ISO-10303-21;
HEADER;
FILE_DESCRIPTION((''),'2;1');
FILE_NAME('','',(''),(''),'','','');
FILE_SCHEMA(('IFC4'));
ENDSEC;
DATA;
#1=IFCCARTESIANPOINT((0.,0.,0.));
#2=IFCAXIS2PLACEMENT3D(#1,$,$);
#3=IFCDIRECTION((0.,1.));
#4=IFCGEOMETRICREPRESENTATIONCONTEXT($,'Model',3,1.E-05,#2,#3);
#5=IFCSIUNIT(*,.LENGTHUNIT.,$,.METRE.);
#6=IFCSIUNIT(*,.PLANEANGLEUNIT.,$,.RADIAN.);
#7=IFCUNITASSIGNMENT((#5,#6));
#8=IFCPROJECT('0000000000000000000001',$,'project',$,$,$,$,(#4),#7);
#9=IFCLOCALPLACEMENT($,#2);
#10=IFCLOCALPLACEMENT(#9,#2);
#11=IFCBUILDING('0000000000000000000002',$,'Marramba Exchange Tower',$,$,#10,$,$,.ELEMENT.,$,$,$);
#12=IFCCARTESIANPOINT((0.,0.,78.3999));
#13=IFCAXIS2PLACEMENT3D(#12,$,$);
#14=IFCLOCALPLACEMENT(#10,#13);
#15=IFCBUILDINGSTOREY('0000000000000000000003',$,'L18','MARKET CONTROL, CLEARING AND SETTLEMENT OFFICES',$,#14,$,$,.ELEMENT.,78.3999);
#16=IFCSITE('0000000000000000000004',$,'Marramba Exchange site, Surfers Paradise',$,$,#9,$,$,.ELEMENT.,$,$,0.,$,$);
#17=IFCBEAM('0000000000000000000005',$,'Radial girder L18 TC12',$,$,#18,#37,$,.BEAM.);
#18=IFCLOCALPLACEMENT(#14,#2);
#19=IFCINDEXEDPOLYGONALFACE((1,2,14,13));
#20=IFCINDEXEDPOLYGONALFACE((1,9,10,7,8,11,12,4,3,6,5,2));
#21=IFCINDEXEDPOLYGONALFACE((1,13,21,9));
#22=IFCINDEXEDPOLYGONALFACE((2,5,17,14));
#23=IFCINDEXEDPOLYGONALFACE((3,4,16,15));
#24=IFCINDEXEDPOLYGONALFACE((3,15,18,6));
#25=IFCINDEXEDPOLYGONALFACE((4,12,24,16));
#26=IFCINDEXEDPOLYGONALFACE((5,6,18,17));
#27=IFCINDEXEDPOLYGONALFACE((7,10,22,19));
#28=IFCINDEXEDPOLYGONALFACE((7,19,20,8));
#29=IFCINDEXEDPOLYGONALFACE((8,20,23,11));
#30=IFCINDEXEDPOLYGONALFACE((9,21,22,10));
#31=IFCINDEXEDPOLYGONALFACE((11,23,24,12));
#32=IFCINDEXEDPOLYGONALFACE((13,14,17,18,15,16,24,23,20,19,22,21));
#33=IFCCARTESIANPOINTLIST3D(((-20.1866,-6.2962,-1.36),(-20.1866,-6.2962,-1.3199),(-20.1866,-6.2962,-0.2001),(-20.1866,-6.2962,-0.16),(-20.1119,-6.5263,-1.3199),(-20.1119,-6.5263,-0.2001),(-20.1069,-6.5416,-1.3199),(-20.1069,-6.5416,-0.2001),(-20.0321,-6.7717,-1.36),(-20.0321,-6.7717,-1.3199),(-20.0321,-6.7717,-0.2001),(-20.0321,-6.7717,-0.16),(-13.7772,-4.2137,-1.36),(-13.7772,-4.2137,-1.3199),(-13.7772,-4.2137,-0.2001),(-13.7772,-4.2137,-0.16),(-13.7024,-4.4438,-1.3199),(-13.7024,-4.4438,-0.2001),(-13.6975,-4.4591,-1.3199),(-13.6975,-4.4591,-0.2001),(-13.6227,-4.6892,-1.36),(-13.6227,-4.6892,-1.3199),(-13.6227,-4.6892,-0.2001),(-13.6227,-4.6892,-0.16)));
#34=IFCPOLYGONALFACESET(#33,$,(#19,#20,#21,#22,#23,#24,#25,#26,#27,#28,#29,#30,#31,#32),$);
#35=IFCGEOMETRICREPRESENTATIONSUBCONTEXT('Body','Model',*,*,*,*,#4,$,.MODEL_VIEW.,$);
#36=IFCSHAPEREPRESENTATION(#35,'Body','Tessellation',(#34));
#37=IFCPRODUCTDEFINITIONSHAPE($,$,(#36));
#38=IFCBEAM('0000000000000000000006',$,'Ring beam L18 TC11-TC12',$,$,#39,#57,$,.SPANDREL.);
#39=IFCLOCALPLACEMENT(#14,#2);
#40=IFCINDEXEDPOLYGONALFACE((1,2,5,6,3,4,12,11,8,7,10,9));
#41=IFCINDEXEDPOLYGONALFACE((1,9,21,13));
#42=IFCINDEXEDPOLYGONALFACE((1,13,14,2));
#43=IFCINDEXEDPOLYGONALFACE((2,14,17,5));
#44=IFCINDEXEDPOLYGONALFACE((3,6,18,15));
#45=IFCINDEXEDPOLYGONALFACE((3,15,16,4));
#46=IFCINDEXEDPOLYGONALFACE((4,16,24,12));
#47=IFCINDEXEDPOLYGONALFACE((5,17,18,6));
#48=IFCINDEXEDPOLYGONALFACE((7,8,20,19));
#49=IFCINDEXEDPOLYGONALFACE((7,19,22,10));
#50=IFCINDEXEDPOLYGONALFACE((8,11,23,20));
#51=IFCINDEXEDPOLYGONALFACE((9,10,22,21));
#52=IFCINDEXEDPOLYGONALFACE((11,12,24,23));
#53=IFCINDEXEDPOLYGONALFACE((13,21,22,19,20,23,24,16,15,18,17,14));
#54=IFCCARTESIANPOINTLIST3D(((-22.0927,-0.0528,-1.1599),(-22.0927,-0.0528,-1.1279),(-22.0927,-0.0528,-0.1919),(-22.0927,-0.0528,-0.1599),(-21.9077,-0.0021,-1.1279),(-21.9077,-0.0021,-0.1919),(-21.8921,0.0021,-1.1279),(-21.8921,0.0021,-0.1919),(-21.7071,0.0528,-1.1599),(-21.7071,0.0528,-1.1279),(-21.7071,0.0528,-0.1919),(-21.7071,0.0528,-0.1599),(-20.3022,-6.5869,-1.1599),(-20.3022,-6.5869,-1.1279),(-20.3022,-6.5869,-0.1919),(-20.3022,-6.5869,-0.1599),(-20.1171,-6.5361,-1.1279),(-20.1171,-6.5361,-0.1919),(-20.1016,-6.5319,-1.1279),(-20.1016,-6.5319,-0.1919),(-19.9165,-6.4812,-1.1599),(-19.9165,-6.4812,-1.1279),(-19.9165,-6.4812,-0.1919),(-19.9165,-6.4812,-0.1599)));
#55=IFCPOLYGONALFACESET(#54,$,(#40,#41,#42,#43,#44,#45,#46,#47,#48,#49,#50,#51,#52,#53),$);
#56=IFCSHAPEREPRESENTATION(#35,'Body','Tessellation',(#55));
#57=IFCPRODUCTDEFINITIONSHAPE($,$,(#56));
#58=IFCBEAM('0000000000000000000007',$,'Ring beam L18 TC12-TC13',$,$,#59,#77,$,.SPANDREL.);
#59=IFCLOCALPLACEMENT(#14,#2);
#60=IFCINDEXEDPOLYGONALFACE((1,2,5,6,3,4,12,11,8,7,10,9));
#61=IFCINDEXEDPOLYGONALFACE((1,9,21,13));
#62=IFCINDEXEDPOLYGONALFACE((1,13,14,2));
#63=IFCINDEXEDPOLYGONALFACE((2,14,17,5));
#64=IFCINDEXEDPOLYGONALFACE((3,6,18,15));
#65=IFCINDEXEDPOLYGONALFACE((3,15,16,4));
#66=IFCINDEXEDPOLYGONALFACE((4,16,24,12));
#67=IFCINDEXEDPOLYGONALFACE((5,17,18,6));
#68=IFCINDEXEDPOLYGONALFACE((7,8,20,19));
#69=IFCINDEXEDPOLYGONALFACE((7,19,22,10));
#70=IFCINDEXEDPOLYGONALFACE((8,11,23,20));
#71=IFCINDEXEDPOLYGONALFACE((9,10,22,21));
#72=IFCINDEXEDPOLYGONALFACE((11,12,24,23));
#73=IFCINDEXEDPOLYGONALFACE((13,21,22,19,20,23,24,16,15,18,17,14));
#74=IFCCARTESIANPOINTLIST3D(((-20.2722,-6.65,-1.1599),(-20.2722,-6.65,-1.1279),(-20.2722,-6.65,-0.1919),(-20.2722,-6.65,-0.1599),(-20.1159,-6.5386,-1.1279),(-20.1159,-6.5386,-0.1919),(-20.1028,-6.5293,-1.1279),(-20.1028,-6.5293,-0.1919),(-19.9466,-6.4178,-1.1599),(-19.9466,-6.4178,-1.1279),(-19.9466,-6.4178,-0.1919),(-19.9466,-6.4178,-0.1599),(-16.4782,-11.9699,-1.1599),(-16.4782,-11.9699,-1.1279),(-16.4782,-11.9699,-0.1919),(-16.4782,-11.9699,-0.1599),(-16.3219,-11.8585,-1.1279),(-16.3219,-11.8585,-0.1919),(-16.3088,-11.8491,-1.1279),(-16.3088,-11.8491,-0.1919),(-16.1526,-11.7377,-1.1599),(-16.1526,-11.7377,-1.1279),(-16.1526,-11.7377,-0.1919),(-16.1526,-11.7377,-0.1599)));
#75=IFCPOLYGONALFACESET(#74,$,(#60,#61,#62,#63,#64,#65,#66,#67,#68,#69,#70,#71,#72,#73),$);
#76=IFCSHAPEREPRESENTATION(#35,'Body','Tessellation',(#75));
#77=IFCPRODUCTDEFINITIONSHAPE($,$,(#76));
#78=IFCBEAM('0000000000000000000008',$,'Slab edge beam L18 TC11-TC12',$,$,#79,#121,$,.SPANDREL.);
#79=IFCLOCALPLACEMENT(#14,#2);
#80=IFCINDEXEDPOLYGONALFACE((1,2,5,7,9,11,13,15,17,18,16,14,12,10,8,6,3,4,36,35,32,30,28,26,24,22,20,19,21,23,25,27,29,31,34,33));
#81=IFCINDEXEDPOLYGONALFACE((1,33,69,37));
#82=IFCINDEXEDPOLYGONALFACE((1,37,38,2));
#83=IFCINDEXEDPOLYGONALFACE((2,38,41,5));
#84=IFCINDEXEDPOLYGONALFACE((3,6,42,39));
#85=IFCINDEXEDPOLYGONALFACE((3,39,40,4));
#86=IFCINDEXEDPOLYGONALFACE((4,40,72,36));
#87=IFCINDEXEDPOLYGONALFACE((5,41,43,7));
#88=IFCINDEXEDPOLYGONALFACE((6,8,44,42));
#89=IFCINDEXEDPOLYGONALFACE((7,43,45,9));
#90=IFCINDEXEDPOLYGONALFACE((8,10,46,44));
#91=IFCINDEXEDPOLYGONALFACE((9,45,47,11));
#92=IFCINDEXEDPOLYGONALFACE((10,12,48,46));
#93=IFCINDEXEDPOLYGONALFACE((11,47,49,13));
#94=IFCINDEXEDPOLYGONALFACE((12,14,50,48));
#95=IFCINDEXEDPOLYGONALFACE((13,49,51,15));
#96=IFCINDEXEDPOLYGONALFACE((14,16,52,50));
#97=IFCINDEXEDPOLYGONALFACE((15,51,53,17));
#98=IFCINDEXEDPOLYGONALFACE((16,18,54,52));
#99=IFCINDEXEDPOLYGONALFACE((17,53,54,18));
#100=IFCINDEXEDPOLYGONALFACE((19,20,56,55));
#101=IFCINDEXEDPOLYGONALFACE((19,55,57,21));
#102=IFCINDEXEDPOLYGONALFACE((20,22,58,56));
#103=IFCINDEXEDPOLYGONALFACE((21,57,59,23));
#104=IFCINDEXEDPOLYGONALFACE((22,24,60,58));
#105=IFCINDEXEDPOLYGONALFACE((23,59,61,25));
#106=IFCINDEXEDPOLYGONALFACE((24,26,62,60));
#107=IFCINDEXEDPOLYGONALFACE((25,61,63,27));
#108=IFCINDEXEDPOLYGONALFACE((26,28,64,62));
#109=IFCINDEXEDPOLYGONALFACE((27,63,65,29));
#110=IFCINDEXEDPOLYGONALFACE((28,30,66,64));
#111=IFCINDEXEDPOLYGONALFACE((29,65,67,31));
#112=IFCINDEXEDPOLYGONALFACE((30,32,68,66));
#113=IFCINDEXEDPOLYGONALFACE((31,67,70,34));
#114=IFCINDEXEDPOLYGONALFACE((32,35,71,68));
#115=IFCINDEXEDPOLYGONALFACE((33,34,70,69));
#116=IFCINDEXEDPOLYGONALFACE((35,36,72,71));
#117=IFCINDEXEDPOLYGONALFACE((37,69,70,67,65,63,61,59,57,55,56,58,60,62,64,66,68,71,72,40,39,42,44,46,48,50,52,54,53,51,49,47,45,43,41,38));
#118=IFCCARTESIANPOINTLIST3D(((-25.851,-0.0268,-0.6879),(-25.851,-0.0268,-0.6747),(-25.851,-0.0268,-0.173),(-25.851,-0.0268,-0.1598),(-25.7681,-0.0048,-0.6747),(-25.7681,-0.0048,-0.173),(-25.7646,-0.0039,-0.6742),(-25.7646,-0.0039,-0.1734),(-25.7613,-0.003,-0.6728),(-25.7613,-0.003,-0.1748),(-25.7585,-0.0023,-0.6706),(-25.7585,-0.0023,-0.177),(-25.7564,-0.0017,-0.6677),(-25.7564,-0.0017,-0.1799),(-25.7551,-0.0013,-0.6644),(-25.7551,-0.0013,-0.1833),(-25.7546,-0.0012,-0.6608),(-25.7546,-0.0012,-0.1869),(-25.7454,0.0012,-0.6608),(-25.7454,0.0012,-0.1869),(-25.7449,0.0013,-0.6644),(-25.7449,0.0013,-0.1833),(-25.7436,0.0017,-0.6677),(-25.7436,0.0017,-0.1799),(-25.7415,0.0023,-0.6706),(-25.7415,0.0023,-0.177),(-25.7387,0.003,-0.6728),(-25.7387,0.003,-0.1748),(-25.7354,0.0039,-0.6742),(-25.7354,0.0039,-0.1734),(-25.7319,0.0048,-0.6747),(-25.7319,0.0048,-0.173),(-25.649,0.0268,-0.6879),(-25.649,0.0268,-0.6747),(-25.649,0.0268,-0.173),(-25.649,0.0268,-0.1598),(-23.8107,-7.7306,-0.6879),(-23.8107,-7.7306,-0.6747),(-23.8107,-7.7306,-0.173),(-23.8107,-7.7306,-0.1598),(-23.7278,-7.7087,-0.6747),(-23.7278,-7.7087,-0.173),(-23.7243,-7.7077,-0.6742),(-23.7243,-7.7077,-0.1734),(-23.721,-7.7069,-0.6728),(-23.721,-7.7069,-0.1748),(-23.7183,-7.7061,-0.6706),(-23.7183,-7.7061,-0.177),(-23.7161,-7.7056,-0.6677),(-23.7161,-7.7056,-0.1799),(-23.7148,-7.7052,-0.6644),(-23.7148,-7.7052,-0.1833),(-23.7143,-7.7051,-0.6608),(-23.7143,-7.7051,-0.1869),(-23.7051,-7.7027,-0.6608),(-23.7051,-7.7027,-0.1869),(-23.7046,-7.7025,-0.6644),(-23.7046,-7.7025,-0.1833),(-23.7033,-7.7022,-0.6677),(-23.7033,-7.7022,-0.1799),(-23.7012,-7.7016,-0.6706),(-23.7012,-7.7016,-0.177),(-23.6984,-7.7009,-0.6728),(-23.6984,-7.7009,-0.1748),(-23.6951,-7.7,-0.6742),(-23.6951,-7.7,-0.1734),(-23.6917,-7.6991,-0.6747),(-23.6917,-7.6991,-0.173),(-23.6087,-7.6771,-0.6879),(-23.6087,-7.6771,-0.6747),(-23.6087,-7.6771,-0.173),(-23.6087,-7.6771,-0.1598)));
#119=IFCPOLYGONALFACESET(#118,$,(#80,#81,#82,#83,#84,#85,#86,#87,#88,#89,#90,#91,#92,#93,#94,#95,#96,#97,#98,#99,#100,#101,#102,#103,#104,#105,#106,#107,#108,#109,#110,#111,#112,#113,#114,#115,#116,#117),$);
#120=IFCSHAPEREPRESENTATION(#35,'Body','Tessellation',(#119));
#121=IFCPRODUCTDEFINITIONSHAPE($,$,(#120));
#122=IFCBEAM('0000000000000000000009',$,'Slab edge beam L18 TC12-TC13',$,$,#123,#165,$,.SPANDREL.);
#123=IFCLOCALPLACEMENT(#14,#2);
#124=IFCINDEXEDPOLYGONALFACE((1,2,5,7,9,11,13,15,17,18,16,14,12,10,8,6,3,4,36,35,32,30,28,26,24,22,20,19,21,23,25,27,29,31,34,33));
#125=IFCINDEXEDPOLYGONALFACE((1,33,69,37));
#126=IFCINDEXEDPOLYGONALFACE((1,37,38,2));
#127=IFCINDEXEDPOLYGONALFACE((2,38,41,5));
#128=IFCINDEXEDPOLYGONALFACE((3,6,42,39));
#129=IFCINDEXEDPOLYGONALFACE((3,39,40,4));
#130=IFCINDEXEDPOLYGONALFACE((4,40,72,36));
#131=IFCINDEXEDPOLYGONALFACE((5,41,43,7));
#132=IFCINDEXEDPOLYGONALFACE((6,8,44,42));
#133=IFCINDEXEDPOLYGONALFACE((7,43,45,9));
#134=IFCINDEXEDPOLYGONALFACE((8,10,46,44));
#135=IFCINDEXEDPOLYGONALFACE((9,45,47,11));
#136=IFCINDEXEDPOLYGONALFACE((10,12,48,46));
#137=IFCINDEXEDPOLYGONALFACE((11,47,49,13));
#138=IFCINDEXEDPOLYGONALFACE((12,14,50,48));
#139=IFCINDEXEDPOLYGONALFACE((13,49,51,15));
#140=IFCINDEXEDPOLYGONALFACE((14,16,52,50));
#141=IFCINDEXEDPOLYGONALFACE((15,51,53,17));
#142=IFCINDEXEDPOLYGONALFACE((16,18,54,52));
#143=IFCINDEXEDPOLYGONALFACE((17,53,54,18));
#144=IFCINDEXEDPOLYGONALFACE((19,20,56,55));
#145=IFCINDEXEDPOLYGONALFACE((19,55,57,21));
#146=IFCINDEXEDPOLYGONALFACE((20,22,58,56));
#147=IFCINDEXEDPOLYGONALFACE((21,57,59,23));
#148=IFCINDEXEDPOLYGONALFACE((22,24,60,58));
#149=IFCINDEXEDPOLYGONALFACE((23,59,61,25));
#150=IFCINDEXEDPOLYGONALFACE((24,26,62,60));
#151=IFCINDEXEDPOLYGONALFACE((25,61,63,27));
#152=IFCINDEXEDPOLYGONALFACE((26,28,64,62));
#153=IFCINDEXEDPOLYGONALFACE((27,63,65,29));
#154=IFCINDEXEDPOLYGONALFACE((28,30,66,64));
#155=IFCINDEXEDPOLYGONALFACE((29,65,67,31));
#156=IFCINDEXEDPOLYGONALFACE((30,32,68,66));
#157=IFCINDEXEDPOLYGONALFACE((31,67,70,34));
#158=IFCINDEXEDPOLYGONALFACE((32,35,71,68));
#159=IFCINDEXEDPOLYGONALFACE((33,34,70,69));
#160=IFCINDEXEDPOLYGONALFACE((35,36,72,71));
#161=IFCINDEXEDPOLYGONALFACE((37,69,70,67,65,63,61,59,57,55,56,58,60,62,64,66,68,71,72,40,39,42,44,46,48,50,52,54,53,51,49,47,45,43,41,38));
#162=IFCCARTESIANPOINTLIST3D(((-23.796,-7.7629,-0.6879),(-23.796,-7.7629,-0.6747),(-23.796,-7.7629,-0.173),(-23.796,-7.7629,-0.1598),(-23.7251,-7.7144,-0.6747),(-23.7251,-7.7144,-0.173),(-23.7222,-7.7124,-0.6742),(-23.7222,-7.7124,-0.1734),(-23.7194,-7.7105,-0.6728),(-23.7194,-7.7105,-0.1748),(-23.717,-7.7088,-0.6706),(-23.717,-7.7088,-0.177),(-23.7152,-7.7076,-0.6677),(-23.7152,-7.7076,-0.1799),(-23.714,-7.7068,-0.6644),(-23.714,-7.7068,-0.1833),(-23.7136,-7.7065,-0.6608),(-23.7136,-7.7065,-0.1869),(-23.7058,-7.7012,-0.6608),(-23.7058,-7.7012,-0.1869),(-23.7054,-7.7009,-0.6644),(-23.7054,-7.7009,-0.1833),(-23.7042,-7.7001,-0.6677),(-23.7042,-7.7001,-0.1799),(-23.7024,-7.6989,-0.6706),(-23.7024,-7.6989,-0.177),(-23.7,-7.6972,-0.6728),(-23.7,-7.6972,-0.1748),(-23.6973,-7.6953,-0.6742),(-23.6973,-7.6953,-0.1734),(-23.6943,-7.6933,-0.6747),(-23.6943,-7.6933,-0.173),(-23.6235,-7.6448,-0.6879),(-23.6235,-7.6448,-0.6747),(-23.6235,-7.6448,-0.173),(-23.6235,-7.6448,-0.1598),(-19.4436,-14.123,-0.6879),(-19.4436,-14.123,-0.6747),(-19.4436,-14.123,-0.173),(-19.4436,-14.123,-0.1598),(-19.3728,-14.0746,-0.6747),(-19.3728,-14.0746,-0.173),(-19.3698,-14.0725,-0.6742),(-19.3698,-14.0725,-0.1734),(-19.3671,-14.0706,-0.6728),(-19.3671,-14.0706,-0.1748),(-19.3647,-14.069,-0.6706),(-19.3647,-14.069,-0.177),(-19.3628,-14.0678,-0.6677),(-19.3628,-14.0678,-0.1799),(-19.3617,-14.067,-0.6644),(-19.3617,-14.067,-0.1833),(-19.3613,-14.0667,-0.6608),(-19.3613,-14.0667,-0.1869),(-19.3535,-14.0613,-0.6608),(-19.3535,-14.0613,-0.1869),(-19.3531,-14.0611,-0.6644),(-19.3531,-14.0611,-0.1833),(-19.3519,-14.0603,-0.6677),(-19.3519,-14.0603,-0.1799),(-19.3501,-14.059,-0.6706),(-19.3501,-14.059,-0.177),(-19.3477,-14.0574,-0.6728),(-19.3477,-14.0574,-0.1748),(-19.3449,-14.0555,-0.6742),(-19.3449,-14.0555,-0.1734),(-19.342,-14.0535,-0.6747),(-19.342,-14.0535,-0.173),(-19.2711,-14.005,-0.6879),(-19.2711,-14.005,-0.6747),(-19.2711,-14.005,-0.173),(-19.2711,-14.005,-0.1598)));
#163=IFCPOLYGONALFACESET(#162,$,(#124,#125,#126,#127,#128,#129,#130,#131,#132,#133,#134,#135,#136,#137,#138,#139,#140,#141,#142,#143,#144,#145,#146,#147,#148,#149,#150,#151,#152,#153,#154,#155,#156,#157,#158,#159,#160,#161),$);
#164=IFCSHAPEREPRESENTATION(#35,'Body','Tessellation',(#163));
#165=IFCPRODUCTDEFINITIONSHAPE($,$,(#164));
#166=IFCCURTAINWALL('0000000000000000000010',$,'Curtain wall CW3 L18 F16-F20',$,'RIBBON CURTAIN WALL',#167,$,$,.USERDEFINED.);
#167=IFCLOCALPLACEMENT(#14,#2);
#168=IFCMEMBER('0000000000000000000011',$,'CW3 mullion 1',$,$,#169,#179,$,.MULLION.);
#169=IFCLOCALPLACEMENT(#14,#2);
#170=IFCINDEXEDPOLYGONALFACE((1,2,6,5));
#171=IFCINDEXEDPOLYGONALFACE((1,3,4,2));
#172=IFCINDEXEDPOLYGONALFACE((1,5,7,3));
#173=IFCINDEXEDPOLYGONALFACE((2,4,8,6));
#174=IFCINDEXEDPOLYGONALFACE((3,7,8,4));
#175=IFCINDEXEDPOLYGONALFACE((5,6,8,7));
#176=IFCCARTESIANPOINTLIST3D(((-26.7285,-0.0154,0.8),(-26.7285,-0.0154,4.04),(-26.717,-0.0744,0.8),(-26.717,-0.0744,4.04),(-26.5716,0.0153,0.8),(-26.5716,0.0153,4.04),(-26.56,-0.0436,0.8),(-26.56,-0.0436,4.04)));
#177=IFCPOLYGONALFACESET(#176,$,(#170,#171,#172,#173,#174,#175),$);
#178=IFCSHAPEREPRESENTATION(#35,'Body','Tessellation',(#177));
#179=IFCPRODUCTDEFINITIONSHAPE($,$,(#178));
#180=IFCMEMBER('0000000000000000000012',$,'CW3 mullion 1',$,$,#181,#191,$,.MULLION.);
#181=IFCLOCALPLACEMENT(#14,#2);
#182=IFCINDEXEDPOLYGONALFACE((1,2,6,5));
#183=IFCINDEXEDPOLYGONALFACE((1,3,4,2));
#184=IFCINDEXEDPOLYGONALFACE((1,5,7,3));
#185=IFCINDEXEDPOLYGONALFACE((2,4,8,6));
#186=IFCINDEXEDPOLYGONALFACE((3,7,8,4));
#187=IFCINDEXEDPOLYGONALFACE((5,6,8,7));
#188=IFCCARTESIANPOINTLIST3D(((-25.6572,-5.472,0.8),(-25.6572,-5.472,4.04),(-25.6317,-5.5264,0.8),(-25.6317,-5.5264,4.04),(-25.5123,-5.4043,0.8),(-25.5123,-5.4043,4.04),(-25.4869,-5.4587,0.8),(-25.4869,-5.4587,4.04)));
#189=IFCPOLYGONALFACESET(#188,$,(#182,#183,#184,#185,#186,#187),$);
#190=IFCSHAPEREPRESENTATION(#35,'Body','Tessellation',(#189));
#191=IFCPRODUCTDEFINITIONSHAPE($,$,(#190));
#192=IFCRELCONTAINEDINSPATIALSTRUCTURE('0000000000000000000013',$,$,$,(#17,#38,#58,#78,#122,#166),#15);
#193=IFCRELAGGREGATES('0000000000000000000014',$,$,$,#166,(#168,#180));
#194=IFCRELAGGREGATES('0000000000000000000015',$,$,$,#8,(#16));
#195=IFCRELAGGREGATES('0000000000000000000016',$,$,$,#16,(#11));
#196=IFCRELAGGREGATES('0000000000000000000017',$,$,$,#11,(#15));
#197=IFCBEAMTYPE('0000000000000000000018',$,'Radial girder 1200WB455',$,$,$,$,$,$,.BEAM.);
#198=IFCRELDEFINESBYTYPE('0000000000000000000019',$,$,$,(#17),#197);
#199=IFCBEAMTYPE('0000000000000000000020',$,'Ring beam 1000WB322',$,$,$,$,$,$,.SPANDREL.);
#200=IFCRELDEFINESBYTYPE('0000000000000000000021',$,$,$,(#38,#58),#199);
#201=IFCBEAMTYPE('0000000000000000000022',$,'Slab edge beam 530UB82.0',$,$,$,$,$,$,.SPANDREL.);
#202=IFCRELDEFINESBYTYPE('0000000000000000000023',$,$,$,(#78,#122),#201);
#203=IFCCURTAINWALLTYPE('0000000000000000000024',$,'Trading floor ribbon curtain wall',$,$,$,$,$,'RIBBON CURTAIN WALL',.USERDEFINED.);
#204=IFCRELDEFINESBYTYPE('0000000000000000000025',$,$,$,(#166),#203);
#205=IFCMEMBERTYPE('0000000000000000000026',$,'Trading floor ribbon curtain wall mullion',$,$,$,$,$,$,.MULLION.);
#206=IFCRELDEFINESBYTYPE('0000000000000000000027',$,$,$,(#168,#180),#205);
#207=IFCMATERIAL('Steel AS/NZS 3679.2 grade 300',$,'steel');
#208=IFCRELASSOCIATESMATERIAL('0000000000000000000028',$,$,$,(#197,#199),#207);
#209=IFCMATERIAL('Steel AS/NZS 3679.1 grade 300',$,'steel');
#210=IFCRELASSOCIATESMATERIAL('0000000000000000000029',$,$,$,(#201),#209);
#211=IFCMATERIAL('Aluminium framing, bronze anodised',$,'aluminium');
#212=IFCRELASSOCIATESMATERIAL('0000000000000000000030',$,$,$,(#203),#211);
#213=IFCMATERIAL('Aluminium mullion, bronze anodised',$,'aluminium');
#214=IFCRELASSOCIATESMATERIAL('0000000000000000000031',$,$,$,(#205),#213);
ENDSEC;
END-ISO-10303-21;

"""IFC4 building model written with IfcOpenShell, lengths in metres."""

from ifc_helpers import new_model, si_unit, direction, frame, origin, origin_2d, place, context, subcontext, project, spatial, rectangle, i_section, extrude, material, material_profile, profile_set, type_object, element, aggregate, save


model = new_model("IFC4")

# Units and contexts
model_context = context("Model", 3, precision=1e-05, world=origin(), true_north=direction((0.0, 1.0)))
body_context = subcontext(model_context, "Body", "Model", "MODEL_VIEW")
ifc_project = project(units=[si_unit("LENGTHUNIT", "METRE"), si_unit("PLANEANGLEUNIT", "RADIAN")], contexts=[model_context])

# Site, building, storey
site_placement = place(None, origin())
site = spatial("IfcSite", under=ifc_project, at=site_placement, Name="Marramba Exchange site, Surfers Paradise", CompositionType="ELEMENT", RefElevation=0.0)
building_placement = place(site_placement, origin())
building = spatial("IfcBuilding", under=site, at=building_placement, Name="Marramba Exchange Tower", CompositionType="ELEMENT")
storey_placement = place(building_placement, frame((0.0, 0.0, 78.3999)))
storey = spatial("IfcBuildingStorey", under=building, at=storey_placement, Name="L18", Description="MARKET CONTROL, CLEARING AND SETTLEMENT OFFICES", CompositionType="ELEMENT", Elevation=78.3999)

# Beams
ifc_material_1 = material(Name="Steel AS/NZS 3679.2 grade 300", Category="steel")
ifc_material_2 = material(Name="Steel AS/NZS 3679.1 grade 300", Category="steel")
ifc_material_profile_1 = material_profile(ifc_material_1, i_section(OverallWidth=0.5, OverallDepth=1.2, WebThickness=0.0161, FlangeThickness=0.04, at=origin_2d()), Name="1200WB455")
ifc_profile_set_1 = profile_set([ifc_material_profile_1], Name="Steel AS/NZS 3679.2 grade 300")
beam_type_1 = type_object("IfcBeamType", Name="Radial girder 1200WB455", PredefinedType="BEAM", material=ifc_profile_set_1)
beam_1_placement = place(storey_placement, frame((-13.7, -4.4514, -0.76), z_axis=(-0.951058, -0.309013, 0.0), x_axis=(0.309013, -0.951058, 0.0)))
element("IfcBeam", 1, at=beam_1_placement, inside=storey, type_object=beam_type_1, Name="Radial girder L18 TC12", PredefinedType="BEAM", context=body_context, shape_type="SweptSolid", body=[
    extrude(i_section(OverallWidth=0.5, OverallDepth=1.2, WebThickness=0.0161, FlangeThickness=0.04, at=origin_2d()), origin(), (0.0, 0.0, 1.0), 6.7393),
])
ifc_material_profile_2 = material_profile(ifc_material_1, i_section(OverallWidth=0.3999, OverallDepth=1.0, WebThickness=0.0161, FlangeThickness=0.032, at=origin_2d()), Name="1000WB322")
ifc_profile_set_2 = profile_set([ifc_material_profile_2], Name="Steel AS/NZS 3679.2 grade 300")
beam_type_2 = type_object("IfcBeamType", Name="Ring beam 1000WB322", PredefinedType="SPANDREL", material=ifc_profile_set_2)
beam_2_placement = place(storey_placement, frame((-21.8999, 0.0, -0.6599), z_axis=(0.264291, -0.964443, 0.0), x_axis=(0.964443, 0.264291, 0.0)))
element("IfcBeam", 2, at=beam_2_placement, inside=storey, type_object=beam_type_2, Name="Ring beam L18 TC11-TC12", PredefinedType="SPANDREL", context=body_context, shape_type="SweptSolid", body=[
    extrude(i_section(OverallWidth=0.3999, OverallDepth=1.0, WebThickness=0.0161, FlangeThickness=0.032, at=origin_2d()), origin(), (0.0, 0.0, 1.0), 6.7749),
])
beam_3_placement = place(storey_placement, frame((-20.1094, -6.5339, -0.6599), z_axis=(0.580637, -0.814162, 0.0), x_axis=(0.814162, 0.580637, 0.0)))
element("IfcBeam", 3, at=beam_3_placement, inside=storey, type_object=beam_type_2, Name="Ring beam L18 TC12-TC13", PredefinedType="SPANDREL", context=body_context, shape_type="SweptSolid", body=[
    extrude(i_section(OverallWidth=0.3999, OverallDepth=1.0, WebThickness=0.0161, FlangeThickness=0.032, at=origin_2d()), origin(), (0.0, 0.0, 1.0), 6.5342),
])
ifc_material_profile_3 = material_profile(ifc_material_2, i_section(OverallWidth=0.209, OverallDepth=0.5281, WebThickness=0.0095, FlangeThickness=0.0132, FilletRadius=0.0139, at=origin_2d()), Name="530UB82.0")
ifc_profile_set_3 = profile_set([ifc_material_profile_3], Name="Steel AS/NZS 3679.1 grade 300")
beam_type_3 = type_object("IfcBeamType", Name="Slab edge beam 530UB82.0", PredefinedType="SPANDREL", material=ifc_profile_set_3)
beam_4_placement = place(storey_placement, frame((-25.75, 0.0, -0.4238), z_axis=(0.256013, -0.966673, 0.0), x_axis=(0.966673, 0.256013, 0.0)))
element("IfcBeam", 4, at=beam_4_placement, inside=storey, type_object=beam_type_3, Name="Slab edge beam L18 TC11-TC12", PredefinedType="SPANDREL", context=body_context, shape_type="SweptSolid", body=[
    extrude(i_section(OverallWidth=0.209, OverallDepth=0.5281, WebThickness=0.0095, FlangeThickness=0.0132, FilletRadius=0.0139, at=origin_2d()), origin(), (0.0, 0.0, 1.0), 7.9695),
])
beam_5_placement = place(storey_placement, frame((-23.7097, -7.7039, -0.4238), z_axis=(0.564741, -0.825268, 0.0), x_axis=(0.825268, 0.564741, 0.0)))
element("IfcBeam", 5, at=beam_5_placement, inside=storey, type_object=beam_type_3, Name="Slab edge beam L18 TC12-TC13", PredefinedType="SPANDREL", context=body_context, shape_type="SweptSolid", body=[
    extrude(i_section(OverallWidth=0.209, OverallDepth=0.5281, WebThickness=0.0095, FlangeThickness=0.0132, FilletRadius=0.0139, at=origin_2d()), origin(), (0.0, 0.0, 1.0), 7.7068),
])

# Curtain wall, members
ifc_material_3 = material(Name="Aluminium framing, bronze anodised", Category="aluminium")
curtain_wall_type = type_object("IfcCurtainWallType", Name="Trading floor ribbon curtain wall", ElementType="RIBBON CURTAIN WALL", PredefinedType="USERDEFINED", material=ifc_material_3)
curtain_wall_placement = place(storey_placement, origin())
curtain_wall = element("IfcCurtainWall", 6, at=curtain_wall_placement, inside=storey, type_object=curtain_wall_type, Name="Curtain wall CW3 L18 F16-F20", ObjectType="RIBBON CURTAIN WALL", PredefinedType="USERDEFINED")
ifc_material_4 = material(Name="Aluminium mullion, bronze anodised", Category="aluminium")
ifc_material_profile_4 = material_profile(ifc_material_4, rectangle(XDim=0.1599, YDim=0.0601, at=origin_2d()), Name="CW3 mullion 60x160")
ifc_profile_set_4 = profile_set([ifc_material_profile_4], Name="Aluminium mullion, bronze anodised")
member_type_1 = type_object("IfcMemberType", Name="Trading floor ribbon curtain wall mullion", PredefinedType="MULLION", material=ifc_profile_set_4)
member_1_placement = place(storey_placement, frame((-26.6443, -0.0295, 0.8), z_axis=(0.0, 0.0, 1.0), x_axis=(0.981346, 0.192249, 0.0)))
member_1 = element("IfcMember", 7, at=member_1_placement, type_object=member_type_1, Name="CW3 mullion 1", PredefinedType="MULLION", context=body_context, shape_type="SweptSolid", body=[
    extrude(rectangle(XDim=0.1599, YDim=0.0601, at=origin_2d()), origin(), (0.0, 0.0, 1.0), 3.24),
])
member_2_placement = place(storey_placement, frame((-25.572, -5.4653, 0.8), z_axis=(0.0, 0.0, 1.0), x_axis=(0.905907, 0.423477, 0.0)))
member_2 = element("IfcMember", 8, at=member_2_placement, type_object=member_type_1, Name="CW3 mullion 1", PredefinedType="MULLION", context=body_context, shape_type="SweptSolid", body=[
    extrude(rectangle(XDim=0.1599, YDim=0.0601, at=origin_2d()), origin(), (0.0, 0.0, 1.0), 3.24),
])
aggregate(curtain_wall, [member_1, member_2])

save(model, "model.ifc")
